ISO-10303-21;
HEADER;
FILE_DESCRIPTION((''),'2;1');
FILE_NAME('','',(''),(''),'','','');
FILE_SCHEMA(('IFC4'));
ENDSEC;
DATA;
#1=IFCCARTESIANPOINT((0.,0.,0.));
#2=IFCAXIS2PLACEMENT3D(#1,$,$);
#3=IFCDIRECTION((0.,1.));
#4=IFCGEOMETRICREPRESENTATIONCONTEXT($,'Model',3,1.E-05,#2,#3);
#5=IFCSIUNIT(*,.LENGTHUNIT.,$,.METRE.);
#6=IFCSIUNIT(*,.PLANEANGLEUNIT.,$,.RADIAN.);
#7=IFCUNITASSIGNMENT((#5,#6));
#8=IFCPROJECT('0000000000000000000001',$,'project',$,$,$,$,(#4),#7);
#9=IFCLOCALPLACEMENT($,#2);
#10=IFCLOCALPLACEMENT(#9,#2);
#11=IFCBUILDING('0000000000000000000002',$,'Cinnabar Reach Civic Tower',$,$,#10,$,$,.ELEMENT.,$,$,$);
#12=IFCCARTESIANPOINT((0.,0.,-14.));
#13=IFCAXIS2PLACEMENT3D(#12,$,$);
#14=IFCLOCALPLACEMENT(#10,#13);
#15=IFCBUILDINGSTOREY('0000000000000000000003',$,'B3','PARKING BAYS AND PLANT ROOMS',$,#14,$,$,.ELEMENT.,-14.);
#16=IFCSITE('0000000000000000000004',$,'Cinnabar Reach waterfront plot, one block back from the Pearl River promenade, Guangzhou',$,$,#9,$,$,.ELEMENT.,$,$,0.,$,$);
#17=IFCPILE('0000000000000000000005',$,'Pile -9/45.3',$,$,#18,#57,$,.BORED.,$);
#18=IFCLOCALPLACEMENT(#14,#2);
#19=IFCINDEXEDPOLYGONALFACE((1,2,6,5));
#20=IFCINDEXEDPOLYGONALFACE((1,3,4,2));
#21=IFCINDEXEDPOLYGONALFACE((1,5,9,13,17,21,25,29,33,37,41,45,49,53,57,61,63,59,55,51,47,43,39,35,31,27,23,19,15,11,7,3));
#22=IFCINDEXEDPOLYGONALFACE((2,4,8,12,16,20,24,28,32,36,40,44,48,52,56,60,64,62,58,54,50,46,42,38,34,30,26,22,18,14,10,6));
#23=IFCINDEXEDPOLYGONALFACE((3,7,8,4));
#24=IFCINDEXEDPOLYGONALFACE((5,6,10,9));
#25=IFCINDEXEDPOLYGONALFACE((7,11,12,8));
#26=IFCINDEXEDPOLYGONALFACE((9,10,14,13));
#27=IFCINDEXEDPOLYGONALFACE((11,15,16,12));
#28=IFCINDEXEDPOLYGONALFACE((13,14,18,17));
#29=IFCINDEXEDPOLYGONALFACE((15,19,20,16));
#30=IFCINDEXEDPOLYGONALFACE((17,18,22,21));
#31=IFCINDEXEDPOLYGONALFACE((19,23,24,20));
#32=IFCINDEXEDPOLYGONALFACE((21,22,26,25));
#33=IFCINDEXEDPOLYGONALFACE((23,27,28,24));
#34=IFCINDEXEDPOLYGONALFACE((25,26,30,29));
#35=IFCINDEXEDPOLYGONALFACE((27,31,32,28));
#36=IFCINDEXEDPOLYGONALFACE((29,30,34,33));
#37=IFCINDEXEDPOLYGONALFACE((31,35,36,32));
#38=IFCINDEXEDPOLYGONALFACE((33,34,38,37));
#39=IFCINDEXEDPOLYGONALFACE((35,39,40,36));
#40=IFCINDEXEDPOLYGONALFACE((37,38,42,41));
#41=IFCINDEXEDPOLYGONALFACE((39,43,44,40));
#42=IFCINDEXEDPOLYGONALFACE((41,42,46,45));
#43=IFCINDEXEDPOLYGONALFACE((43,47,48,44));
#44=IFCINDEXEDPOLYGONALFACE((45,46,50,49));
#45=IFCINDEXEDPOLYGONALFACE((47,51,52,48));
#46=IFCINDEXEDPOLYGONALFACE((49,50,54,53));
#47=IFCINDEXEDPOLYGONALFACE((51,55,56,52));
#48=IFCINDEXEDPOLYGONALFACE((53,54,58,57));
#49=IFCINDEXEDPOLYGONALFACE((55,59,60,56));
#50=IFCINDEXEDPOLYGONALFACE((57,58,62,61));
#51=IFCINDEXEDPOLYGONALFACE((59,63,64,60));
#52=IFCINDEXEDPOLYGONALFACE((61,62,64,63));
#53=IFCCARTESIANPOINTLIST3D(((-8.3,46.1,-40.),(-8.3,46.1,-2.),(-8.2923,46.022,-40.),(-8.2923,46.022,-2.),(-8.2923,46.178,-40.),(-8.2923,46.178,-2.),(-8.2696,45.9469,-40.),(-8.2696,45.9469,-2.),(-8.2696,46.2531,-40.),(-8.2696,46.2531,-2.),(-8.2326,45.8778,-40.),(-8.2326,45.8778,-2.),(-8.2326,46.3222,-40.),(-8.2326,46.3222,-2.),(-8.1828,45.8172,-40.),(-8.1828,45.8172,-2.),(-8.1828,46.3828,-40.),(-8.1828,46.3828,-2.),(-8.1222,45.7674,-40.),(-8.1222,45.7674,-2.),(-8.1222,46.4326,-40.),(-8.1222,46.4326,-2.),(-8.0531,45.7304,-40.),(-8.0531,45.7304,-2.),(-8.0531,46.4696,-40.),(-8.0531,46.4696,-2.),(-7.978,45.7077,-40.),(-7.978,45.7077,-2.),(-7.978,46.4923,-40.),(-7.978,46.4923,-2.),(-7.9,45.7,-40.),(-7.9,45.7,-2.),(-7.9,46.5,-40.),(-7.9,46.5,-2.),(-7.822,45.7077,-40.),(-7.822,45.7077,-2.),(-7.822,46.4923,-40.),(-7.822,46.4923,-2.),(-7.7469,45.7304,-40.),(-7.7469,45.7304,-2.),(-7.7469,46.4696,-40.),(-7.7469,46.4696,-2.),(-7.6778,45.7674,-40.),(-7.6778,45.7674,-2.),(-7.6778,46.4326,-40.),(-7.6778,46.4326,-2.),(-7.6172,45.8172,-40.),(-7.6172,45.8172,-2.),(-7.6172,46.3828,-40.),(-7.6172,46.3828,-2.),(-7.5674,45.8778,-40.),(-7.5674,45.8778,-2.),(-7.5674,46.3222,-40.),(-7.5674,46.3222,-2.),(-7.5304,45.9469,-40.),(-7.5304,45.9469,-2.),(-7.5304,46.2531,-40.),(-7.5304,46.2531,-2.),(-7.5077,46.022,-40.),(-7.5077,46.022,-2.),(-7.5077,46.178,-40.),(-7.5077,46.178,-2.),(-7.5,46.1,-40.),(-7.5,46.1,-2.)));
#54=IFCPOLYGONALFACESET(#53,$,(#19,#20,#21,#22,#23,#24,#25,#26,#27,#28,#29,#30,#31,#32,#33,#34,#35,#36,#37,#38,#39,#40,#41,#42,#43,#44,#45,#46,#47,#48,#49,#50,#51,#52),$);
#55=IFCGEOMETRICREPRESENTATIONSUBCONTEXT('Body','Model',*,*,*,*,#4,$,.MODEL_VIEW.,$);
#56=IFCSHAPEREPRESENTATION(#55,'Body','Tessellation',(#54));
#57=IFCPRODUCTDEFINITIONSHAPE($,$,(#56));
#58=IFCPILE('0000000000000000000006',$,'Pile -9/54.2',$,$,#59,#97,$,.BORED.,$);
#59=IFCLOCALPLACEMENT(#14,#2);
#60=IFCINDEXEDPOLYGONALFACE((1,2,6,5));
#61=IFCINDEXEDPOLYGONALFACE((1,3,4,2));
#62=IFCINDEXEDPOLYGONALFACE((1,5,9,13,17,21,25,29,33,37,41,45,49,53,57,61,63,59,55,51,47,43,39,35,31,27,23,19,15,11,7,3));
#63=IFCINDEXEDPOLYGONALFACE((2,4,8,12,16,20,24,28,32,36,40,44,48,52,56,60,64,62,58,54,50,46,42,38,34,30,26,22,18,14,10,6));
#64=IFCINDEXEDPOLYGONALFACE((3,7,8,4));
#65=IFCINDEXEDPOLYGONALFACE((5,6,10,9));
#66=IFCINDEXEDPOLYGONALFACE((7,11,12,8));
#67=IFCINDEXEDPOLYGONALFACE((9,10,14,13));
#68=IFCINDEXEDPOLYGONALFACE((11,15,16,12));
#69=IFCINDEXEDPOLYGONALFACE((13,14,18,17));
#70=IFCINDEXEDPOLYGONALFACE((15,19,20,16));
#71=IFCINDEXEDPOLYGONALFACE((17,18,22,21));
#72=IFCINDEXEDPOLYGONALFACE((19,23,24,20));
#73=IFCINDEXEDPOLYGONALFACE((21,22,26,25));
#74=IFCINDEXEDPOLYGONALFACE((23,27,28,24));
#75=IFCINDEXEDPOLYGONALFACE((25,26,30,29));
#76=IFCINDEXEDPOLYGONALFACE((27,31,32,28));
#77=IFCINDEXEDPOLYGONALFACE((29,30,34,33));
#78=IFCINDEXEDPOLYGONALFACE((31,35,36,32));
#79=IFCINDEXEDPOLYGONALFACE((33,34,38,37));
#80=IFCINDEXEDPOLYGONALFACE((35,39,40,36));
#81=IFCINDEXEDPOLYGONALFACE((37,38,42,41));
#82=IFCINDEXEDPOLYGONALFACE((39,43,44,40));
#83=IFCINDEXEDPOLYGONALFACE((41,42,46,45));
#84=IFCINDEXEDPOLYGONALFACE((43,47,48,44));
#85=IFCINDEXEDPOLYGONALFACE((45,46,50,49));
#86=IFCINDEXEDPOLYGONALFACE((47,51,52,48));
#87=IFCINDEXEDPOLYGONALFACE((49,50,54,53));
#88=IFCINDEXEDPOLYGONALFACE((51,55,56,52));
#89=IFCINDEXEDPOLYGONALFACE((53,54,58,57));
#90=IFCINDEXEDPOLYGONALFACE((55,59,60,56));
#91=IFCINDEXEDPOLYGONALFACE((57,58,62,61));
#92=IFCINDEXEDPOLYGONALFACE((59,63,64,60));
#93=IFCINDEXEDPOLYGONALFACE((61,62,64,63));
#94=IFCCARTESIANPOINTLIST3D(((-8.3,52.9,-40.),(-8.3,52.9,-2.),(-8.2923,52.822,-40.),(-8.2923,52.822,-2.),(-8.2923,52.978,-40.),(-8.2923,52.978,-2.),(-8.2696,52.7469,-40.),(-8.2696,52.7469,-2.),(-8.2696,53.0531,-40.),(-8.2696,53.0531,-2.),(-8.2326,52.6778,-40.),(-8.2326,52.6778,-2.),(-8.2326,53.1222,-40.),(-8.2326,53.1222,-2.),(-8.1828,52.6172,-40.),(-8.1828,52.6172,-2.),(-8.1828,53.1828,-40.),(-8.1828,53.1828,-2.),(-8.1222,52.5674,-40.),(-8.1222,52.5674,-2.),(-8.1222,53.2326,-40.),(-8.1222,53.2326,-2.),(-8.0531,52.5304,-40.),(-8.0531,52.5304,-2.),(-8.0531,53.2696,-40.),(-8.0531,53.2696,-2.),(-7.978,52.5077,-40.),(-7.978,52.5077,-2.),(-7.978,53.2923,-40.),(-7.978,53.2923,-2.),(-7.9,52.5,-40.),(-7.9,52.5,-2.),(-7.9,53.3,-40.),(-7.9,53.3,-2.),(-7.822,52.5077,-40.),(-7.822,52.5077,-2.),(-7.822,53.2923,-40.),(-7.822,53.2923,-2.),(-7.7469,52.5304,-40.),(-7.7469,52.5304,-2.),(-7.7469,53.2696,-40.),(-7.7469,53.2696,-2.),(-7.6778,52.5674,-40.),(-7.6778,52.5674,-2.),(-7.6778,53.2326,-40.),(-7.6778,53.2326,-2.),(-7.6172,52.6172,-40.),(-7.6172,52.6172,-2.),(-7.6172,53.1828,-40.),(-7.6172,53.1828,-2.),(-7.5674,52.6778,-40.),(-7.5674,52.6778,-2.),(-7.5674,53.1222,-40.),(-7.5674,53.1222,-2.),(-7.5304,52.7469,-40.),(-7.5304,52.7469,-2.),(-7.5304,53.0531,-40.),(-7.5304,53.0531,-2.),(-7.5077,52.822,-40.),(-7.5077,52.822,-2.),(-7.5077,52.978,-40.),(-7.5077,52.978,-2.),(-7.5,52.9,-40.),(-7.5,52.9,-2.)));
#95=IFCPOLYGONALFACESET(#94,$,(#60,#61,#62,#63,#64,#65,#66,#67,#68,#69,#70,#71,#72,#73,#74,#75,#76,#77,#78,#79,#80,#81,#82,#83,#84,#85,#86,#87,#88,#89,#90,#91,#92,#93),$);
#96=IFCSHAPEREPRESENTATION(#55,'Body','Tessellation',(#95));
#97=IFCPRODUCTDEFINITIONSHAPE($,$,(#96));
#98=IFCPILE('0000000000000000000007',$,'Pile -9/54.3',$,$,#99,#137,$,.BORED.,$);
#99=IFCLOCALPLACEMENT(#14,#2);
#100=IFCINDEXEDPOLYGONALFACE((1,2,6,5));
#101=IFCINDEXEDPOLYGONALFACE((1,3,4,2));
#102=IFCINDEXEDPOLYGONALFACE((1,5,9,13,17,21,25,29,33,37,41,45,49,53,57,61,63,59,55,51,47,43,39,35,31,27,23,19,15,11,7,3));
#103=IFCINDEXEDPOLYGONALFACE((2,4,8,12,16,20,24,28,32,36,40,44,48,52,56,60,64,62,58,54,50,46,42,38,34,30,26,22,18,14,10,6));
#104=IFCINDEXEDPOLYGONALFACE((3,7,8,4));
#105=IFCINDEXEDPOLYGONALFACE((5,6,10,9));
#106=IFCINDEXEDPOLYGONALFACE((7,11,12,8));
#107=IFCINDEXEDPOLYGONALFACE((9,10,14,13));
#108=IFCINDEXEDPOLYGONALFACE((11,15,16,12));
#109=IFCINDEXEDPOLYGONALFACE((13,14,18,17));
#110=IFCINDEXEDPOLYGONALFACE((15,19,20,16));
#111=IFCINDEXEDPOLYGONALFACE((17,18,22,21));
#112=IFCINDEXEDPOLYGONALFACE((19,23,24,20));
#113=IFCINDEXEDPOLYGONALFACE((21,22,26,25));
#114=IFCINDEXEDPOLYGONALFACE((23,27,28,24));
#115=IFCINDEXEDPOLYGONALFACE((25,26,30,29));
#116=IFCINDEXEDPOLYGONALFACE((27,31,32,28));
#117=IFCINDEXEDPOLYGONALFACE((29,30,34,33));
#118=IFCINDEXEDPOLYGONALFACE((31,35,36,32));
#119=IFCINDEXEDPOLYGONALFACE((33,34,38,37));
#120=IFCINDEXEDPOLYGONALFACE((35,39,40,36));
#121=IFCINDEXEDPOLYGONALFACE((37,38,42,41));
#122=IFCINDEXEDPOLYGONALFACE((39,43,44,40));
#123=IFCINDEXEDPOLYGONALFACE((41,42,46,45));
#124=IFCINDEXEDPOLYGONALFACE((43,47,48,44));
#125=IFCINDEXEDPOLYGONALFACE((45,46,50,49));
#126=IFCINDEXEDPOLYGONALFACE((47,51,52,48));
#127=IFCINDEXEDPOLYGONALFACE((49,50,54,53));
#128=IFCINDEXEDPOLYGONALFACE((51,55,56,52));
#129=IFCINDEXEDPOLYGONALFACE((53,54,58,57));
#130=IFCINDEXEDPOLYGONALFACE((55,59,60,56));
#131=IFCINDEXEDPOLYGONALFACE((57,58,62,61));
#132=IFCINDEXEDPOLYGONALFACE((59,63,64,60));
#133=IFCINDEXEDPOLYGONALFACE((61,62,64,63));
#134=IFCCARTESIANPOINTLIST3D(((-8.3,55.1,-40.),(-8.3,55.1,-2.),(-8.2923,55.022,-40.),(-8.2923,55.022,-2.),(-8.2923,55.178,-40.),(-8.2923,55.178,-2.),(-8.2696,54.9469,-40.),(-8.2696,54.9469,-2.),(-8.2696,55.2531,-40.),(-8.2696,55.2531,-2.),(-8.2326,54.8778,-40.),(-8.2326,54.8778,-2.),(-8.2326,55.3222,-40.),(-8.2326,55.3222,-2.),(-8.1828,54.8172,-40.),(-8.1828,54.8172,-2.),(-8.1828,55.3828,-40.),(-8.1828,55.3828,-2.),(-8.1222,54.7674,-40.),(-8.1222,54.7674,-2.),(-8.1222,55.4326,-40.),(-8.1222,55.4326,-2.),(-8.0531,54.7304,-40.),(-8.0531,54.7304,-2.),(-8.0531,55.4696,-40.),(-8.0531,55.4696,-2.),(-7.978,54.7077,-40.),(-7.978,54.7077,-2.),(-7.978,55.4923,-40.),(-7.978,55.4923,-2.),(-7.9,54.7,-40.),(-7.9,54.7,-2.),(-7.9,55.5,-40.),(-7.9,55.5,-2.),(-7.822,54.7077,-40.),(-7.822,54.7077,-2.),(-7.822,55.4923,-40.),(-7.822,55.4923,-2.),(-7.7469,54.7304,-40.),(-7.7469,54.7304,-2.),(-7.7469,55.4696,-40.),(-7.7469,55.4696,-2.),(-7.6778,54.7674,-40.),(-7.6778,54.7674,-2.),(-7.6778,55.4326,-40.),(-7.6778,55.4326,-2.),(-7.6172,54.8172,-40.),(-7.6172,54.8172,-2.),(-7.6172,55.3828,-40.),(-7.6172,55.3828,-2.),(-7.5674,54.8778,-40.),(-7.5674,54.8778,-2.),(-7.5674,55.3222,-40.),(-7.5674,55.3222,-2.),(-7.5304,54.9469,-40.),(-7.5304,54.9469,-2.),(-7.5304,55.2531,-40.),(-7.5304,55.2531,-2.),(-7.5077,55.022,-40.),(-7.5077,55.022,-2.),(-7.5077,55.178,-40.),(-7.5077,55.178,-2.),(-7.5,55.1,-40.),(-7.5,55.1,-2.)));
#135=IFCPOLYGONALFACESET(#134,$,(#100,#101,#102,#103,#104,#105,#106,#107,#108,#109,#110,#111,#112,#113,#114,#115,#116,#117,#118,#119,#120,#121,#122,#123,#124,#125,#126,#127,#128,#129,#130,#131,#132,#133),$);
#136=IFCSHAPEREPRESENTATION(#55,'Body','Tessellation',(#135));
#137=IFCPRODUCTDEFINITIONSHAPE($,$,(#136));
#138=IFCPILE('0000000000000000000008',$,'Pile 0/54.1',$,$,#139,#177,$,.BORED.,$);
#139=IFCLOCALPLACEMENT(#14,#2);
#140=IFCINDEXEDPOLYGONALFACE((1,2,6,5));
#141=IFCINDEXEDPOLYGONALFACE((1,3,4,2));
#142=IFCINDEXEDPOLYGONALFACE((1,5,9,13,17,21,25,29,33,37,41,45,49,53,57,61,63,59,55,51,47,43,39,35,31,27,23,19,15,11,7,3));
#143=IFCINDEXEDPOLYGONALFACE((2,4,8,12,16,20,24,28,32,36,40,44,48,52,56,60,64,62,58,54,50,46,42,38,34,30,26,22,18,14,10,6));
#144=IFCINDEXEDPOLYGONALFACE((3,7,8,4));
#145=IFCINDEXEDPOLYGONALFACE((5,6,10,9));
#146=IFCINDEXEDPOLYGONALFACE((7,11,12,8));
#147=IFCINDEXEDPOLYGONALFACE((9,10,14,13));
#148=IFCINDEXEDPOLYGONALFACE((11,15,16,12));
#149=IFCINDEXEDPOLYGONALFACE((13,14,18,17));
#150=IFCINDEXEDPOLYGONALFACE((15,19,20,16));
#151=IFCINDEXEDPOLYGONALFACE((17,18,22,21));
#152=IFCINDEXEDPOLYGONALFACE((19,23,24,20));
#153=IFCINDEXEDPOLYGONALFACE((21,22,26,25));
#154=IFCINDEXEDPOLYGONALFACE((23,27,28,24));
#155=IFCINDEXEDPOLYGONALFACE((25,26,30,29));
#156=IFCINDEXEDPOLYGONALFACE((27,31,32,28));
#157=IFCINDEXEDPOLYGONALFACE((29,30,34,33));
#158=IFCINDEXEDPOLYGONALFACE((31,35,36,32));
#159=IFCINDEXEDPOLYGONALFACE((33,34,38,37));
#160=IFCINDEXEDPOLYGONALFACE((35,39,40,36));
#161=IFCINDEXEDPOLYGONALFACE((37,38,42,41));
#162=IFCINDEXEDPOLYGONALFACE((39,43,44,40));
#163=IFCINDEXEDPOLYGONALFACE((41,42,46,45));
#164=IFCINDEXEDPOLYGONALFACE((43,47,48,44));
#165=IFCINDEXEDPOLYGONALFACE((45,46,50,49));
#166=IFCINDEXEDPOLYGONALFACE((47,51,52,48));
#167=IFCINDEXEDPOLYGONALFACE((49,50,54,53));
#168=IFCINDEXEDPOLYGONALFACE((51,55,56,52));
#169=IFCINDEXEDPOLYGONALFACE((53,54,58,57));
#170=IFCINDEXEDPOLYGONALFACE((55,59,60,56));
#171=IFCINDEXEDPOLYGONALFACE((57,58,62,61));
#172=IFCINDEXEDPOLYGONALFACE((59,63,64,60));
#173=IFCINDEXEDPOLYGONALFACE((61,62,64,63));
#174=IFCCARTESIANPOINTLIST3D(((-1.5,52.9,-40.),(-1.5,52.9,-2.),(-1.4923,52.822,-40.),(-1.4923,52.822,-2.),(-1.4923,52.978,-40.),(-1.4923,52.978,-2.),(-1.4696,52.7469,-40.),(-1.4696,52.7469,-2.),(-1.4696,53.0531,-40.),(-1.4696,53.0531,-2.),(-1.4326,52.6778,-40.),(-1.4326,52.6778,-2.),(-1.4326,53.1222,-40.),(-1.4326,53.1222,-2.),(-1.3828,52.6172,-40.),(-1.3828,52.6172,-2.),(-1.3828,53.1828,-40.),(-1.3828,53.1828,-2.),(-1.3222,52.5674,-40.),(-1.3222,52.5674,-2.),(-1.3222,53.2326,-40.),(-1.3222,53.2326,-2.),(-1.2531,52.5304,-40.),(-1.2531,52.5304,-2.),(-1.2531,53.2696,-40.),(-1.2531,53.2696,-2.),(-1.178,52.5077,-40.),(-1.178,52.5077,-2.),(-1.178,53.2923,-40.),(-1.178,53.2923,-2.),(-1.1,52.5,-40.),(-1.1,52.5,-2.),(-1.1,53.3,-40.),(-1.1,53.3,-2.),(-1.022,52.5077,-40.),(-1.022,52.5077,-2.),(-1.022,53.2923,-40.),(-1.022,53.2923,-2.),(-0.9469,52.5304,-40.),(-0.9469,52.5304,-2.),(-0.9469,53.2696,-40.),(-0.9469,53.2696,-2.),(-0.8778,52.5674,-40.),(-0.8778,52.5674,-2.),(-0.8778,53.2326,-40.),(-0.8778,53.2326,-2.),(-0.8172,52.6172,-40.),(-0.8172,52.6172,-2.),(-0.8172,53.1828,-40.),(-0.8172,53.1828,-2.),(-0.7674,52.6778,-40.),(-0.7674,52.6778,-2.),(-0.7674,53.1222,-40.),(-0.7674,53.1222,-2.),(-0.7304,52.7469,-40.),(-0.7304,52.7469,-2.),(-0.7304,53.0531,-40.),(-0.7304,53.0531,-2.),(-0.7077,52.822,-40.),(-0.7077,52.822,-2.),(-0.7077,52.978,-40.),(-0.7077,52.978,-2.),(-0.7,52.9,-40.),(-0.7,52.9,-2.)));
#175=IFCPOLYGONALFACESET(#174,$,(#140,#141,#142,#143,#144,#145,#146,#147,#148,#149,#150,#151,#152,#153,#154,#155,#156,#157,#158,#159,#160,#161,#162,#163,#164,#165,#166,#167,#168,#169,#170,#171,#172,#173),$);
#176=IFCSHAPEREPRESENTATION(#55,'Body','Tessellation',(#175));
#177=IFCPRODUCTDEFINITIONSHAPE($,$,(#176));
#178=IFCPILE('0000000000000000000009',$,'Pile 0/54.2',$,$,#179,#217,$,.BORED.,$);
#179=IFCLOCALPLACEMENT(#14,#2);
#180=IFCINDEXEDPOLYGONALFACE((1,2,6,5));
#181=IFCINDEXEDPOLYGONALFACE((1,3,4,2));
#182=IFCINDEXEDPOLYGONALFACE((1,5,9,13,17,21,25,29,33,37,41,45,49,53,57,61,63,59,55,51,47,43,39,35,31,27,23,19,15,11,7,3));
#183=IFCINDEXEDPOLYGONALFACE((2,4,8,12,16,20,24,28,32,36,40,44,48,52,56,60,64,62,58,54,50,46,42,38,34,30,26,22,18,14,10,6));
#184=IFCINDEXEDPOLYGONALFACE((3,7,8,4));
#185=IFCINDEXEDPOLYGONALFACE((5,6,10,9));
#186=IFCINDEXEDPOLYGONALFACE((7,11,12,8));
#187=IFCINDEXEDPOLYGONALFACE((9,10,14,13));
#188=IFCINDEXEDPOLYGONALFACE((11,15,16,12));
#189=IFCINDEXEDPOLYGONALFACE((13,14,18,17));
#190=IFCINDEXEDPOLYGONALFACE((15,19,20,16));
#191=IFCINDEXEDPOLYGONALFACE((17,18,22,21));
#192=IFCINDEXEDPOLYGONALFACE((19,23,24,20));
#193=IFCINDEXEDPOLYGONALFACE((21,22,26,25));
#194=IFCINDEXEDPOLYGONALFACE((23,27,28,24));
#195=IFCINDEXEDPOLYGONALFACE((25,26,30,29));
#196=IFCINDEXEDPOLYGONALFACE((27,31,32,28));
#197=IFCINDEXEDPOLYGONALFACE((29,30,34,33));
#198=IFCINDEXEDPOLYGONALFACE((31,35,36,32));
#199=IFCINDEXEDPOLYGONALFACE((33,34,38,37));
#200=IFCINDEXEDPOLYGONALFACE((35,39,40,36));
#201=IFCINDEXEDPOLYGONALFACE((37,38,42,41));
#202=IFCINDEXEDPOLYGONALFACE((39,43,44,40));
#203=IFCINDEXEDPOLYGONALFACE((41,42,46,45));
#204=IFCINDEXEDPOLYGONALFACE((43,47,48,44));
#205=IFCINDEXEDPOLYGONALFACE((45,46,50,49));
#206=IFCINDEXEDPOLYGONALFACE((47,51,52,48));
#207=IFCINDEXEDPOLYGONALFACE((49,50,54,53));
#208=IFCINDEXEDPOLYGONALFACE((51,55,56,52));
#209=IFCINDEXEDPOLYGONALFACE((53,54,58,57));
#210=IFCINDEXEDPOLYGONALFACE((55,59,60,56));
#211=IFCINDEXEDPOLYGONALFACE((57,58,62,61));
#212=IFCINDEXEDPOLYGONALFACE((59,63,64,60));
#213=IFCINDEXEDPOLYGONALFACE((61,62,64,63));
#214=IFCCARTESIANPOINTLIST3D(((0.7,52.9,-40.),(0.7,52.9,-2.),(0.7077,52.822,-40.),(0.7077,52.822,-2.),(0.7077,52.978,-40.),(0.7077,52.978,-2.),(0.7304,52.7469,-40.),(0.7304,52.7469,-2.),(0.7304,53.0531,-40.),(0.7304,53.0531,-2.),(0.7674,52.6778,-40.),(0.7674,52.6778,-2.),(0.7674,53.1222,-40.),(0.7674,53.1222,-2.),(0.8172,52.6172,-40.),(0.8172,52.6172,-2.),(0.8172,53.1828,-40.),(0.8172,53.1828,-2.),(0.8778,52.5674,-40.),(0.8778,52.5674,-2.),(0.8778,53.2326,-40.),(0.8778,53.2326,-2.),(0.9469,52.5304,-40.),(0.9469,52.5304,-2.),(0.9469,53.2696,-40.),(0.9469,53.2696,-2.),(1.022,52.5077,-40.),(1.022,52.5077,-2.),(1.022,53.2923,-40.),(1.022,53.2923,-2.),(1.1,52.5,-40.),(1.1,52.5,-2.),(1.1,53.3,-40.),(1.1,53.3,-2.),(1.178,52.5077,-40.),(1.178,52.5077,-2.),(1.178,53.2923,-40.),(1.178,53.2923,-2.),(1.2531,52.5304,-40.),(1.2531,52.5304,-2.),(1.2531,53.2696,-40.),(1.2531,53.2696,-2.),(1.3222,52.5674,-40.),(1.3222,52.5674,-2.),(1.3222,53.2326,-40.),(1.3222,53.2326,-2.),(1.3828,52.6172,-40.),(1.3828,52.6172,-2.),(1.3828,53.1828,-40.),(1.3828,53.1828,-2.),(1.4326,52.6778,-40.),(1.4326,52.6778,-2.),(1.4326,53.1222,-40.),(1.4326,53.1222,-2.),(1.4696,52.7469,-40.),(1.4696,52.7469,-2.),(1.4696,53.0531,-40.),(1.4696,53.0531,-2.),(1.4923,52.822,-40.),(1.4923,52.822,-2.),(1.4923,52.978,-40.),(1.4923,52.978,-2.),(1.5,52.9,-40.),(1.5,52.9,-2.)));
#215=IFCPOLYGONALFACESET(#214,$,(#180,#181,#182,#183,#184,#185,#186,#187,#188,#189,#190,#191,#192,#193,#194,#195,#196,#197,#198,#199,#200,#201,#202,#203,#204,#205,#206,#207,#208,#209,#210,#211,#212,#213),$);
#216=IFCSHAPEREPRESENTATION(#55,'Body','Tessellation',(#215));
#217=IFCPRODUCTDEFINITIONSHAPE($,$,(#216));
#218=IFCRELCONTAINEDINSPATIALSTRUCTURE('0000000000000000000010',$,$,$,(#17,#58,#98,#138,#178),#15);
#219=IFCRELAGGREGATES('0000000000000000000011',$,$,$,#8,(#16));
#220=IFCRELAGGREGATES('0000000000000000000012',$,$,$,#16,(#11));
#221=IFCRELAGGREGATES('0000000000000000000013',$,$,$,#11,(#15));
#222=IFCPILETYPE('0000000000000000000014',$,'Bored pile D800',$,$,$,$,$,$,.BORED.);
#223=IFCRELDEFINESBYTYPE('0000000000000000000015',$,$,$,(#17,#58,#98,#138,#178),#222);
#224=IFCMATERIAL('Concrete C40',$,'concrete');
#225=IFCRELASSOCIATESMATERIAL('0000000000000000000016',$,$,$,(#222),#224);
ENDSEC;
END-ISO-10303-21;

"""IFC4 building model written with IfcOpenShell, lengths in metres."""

from ifc_helpers import new_model, si_unit, direction, frame, origin, origin_2d, place, context, subcontext, project, spatial, circle, extrude, material, type_object, element, save


model = new_model("IFC4")

# Units and contexts
model_context = context("Model", 3, precision=1e-05, world=origin(), true_north=direction((0.0, 1.0)))
body_context = subcontext(model_context, "Body", "Model", "MODEL_VIEW")
ifc_project = project(units=[si_unit("LENGTHUNIT", "METRE"), si_unit("PLANEANGLEUNIT", "RADIAN")], contexts=[model_context])

# Site, building, storey
site_placement = place(None, origin())
site = spatial("IfcSite", under=ifc_project, at=site_placement, Name="Cinnabar Reach waterfront plot, one block back from the Pearl River promenade, Guangzhou", CompositionType="ELEMENT", RefElevation=0.0)
building_placement = place(site_placement, origin())
building = spatial("IfcBuilding", under=site, at=building_placement, Name="Cinnabar Reach Civic Tower", CompositionType="ELEMENT")
storey_placement = place(building_placement, frame((0.0, 0.0, -14.0)))
storey = spatial("IfcBuildingStorey", under=building, at=storey_placement, Name="B3", Description="PARKING BAYS AND PLANT ROOMS", CompositionType="ELEMENT", Elevation=-14.0)

# Piles
ifc_material_1 = material(Name="Concrete C40", Category="concrete")
pile_type_1 = type_object("IfcPileType", Name="Bored pile D800", PredefinedType="BORED", material=ifc_material_1)
for number, where, z_axis, x_axis, name in (
    (1, (-7.9, 46.1, -2.0), (0.0, 0.0, -1.0), (1.0, 0.0, 0.0), "Pile -9/45.3"),
    (2, (-7.9, 52.9, -2.0), (0.0, 0.0, -1.0), (1.0, 0.0, 0.0), "Pile -9/54.2"),
    (3, (-7.9, 55.1, -2.0), (0.0, 0.0, -1.0), (1.0, 0.0, 0.0), "Pile -9/54.3"),
    (4, (-1.1, 52.9, -2.0), (0.0, 0.0, -1.0), (1.0, 0.0, 0.0), "Pile 0/54.1"),
    (5, (1.1, 52.9, -2.0), (0.0, 0.0, -1.0), (1.0, 0.0, 0.0), "Pile 0/54.2"),
):
    element("IfcPile", number, at=place(storey_placement, frame(where, z_axis=z_axis, x_axis=x_axis)), inside=storey, type_object=pile_type_1, Name=name, PredefinedType="BORED", context=body_context, shape_type="SweptSolid", body=[
        extrude(circle(Radius=0.4, at=origin_2d()), origin(), (0.0, 0.0, 1.0), 38.0),
    ])

save(model, "model.ifc")
